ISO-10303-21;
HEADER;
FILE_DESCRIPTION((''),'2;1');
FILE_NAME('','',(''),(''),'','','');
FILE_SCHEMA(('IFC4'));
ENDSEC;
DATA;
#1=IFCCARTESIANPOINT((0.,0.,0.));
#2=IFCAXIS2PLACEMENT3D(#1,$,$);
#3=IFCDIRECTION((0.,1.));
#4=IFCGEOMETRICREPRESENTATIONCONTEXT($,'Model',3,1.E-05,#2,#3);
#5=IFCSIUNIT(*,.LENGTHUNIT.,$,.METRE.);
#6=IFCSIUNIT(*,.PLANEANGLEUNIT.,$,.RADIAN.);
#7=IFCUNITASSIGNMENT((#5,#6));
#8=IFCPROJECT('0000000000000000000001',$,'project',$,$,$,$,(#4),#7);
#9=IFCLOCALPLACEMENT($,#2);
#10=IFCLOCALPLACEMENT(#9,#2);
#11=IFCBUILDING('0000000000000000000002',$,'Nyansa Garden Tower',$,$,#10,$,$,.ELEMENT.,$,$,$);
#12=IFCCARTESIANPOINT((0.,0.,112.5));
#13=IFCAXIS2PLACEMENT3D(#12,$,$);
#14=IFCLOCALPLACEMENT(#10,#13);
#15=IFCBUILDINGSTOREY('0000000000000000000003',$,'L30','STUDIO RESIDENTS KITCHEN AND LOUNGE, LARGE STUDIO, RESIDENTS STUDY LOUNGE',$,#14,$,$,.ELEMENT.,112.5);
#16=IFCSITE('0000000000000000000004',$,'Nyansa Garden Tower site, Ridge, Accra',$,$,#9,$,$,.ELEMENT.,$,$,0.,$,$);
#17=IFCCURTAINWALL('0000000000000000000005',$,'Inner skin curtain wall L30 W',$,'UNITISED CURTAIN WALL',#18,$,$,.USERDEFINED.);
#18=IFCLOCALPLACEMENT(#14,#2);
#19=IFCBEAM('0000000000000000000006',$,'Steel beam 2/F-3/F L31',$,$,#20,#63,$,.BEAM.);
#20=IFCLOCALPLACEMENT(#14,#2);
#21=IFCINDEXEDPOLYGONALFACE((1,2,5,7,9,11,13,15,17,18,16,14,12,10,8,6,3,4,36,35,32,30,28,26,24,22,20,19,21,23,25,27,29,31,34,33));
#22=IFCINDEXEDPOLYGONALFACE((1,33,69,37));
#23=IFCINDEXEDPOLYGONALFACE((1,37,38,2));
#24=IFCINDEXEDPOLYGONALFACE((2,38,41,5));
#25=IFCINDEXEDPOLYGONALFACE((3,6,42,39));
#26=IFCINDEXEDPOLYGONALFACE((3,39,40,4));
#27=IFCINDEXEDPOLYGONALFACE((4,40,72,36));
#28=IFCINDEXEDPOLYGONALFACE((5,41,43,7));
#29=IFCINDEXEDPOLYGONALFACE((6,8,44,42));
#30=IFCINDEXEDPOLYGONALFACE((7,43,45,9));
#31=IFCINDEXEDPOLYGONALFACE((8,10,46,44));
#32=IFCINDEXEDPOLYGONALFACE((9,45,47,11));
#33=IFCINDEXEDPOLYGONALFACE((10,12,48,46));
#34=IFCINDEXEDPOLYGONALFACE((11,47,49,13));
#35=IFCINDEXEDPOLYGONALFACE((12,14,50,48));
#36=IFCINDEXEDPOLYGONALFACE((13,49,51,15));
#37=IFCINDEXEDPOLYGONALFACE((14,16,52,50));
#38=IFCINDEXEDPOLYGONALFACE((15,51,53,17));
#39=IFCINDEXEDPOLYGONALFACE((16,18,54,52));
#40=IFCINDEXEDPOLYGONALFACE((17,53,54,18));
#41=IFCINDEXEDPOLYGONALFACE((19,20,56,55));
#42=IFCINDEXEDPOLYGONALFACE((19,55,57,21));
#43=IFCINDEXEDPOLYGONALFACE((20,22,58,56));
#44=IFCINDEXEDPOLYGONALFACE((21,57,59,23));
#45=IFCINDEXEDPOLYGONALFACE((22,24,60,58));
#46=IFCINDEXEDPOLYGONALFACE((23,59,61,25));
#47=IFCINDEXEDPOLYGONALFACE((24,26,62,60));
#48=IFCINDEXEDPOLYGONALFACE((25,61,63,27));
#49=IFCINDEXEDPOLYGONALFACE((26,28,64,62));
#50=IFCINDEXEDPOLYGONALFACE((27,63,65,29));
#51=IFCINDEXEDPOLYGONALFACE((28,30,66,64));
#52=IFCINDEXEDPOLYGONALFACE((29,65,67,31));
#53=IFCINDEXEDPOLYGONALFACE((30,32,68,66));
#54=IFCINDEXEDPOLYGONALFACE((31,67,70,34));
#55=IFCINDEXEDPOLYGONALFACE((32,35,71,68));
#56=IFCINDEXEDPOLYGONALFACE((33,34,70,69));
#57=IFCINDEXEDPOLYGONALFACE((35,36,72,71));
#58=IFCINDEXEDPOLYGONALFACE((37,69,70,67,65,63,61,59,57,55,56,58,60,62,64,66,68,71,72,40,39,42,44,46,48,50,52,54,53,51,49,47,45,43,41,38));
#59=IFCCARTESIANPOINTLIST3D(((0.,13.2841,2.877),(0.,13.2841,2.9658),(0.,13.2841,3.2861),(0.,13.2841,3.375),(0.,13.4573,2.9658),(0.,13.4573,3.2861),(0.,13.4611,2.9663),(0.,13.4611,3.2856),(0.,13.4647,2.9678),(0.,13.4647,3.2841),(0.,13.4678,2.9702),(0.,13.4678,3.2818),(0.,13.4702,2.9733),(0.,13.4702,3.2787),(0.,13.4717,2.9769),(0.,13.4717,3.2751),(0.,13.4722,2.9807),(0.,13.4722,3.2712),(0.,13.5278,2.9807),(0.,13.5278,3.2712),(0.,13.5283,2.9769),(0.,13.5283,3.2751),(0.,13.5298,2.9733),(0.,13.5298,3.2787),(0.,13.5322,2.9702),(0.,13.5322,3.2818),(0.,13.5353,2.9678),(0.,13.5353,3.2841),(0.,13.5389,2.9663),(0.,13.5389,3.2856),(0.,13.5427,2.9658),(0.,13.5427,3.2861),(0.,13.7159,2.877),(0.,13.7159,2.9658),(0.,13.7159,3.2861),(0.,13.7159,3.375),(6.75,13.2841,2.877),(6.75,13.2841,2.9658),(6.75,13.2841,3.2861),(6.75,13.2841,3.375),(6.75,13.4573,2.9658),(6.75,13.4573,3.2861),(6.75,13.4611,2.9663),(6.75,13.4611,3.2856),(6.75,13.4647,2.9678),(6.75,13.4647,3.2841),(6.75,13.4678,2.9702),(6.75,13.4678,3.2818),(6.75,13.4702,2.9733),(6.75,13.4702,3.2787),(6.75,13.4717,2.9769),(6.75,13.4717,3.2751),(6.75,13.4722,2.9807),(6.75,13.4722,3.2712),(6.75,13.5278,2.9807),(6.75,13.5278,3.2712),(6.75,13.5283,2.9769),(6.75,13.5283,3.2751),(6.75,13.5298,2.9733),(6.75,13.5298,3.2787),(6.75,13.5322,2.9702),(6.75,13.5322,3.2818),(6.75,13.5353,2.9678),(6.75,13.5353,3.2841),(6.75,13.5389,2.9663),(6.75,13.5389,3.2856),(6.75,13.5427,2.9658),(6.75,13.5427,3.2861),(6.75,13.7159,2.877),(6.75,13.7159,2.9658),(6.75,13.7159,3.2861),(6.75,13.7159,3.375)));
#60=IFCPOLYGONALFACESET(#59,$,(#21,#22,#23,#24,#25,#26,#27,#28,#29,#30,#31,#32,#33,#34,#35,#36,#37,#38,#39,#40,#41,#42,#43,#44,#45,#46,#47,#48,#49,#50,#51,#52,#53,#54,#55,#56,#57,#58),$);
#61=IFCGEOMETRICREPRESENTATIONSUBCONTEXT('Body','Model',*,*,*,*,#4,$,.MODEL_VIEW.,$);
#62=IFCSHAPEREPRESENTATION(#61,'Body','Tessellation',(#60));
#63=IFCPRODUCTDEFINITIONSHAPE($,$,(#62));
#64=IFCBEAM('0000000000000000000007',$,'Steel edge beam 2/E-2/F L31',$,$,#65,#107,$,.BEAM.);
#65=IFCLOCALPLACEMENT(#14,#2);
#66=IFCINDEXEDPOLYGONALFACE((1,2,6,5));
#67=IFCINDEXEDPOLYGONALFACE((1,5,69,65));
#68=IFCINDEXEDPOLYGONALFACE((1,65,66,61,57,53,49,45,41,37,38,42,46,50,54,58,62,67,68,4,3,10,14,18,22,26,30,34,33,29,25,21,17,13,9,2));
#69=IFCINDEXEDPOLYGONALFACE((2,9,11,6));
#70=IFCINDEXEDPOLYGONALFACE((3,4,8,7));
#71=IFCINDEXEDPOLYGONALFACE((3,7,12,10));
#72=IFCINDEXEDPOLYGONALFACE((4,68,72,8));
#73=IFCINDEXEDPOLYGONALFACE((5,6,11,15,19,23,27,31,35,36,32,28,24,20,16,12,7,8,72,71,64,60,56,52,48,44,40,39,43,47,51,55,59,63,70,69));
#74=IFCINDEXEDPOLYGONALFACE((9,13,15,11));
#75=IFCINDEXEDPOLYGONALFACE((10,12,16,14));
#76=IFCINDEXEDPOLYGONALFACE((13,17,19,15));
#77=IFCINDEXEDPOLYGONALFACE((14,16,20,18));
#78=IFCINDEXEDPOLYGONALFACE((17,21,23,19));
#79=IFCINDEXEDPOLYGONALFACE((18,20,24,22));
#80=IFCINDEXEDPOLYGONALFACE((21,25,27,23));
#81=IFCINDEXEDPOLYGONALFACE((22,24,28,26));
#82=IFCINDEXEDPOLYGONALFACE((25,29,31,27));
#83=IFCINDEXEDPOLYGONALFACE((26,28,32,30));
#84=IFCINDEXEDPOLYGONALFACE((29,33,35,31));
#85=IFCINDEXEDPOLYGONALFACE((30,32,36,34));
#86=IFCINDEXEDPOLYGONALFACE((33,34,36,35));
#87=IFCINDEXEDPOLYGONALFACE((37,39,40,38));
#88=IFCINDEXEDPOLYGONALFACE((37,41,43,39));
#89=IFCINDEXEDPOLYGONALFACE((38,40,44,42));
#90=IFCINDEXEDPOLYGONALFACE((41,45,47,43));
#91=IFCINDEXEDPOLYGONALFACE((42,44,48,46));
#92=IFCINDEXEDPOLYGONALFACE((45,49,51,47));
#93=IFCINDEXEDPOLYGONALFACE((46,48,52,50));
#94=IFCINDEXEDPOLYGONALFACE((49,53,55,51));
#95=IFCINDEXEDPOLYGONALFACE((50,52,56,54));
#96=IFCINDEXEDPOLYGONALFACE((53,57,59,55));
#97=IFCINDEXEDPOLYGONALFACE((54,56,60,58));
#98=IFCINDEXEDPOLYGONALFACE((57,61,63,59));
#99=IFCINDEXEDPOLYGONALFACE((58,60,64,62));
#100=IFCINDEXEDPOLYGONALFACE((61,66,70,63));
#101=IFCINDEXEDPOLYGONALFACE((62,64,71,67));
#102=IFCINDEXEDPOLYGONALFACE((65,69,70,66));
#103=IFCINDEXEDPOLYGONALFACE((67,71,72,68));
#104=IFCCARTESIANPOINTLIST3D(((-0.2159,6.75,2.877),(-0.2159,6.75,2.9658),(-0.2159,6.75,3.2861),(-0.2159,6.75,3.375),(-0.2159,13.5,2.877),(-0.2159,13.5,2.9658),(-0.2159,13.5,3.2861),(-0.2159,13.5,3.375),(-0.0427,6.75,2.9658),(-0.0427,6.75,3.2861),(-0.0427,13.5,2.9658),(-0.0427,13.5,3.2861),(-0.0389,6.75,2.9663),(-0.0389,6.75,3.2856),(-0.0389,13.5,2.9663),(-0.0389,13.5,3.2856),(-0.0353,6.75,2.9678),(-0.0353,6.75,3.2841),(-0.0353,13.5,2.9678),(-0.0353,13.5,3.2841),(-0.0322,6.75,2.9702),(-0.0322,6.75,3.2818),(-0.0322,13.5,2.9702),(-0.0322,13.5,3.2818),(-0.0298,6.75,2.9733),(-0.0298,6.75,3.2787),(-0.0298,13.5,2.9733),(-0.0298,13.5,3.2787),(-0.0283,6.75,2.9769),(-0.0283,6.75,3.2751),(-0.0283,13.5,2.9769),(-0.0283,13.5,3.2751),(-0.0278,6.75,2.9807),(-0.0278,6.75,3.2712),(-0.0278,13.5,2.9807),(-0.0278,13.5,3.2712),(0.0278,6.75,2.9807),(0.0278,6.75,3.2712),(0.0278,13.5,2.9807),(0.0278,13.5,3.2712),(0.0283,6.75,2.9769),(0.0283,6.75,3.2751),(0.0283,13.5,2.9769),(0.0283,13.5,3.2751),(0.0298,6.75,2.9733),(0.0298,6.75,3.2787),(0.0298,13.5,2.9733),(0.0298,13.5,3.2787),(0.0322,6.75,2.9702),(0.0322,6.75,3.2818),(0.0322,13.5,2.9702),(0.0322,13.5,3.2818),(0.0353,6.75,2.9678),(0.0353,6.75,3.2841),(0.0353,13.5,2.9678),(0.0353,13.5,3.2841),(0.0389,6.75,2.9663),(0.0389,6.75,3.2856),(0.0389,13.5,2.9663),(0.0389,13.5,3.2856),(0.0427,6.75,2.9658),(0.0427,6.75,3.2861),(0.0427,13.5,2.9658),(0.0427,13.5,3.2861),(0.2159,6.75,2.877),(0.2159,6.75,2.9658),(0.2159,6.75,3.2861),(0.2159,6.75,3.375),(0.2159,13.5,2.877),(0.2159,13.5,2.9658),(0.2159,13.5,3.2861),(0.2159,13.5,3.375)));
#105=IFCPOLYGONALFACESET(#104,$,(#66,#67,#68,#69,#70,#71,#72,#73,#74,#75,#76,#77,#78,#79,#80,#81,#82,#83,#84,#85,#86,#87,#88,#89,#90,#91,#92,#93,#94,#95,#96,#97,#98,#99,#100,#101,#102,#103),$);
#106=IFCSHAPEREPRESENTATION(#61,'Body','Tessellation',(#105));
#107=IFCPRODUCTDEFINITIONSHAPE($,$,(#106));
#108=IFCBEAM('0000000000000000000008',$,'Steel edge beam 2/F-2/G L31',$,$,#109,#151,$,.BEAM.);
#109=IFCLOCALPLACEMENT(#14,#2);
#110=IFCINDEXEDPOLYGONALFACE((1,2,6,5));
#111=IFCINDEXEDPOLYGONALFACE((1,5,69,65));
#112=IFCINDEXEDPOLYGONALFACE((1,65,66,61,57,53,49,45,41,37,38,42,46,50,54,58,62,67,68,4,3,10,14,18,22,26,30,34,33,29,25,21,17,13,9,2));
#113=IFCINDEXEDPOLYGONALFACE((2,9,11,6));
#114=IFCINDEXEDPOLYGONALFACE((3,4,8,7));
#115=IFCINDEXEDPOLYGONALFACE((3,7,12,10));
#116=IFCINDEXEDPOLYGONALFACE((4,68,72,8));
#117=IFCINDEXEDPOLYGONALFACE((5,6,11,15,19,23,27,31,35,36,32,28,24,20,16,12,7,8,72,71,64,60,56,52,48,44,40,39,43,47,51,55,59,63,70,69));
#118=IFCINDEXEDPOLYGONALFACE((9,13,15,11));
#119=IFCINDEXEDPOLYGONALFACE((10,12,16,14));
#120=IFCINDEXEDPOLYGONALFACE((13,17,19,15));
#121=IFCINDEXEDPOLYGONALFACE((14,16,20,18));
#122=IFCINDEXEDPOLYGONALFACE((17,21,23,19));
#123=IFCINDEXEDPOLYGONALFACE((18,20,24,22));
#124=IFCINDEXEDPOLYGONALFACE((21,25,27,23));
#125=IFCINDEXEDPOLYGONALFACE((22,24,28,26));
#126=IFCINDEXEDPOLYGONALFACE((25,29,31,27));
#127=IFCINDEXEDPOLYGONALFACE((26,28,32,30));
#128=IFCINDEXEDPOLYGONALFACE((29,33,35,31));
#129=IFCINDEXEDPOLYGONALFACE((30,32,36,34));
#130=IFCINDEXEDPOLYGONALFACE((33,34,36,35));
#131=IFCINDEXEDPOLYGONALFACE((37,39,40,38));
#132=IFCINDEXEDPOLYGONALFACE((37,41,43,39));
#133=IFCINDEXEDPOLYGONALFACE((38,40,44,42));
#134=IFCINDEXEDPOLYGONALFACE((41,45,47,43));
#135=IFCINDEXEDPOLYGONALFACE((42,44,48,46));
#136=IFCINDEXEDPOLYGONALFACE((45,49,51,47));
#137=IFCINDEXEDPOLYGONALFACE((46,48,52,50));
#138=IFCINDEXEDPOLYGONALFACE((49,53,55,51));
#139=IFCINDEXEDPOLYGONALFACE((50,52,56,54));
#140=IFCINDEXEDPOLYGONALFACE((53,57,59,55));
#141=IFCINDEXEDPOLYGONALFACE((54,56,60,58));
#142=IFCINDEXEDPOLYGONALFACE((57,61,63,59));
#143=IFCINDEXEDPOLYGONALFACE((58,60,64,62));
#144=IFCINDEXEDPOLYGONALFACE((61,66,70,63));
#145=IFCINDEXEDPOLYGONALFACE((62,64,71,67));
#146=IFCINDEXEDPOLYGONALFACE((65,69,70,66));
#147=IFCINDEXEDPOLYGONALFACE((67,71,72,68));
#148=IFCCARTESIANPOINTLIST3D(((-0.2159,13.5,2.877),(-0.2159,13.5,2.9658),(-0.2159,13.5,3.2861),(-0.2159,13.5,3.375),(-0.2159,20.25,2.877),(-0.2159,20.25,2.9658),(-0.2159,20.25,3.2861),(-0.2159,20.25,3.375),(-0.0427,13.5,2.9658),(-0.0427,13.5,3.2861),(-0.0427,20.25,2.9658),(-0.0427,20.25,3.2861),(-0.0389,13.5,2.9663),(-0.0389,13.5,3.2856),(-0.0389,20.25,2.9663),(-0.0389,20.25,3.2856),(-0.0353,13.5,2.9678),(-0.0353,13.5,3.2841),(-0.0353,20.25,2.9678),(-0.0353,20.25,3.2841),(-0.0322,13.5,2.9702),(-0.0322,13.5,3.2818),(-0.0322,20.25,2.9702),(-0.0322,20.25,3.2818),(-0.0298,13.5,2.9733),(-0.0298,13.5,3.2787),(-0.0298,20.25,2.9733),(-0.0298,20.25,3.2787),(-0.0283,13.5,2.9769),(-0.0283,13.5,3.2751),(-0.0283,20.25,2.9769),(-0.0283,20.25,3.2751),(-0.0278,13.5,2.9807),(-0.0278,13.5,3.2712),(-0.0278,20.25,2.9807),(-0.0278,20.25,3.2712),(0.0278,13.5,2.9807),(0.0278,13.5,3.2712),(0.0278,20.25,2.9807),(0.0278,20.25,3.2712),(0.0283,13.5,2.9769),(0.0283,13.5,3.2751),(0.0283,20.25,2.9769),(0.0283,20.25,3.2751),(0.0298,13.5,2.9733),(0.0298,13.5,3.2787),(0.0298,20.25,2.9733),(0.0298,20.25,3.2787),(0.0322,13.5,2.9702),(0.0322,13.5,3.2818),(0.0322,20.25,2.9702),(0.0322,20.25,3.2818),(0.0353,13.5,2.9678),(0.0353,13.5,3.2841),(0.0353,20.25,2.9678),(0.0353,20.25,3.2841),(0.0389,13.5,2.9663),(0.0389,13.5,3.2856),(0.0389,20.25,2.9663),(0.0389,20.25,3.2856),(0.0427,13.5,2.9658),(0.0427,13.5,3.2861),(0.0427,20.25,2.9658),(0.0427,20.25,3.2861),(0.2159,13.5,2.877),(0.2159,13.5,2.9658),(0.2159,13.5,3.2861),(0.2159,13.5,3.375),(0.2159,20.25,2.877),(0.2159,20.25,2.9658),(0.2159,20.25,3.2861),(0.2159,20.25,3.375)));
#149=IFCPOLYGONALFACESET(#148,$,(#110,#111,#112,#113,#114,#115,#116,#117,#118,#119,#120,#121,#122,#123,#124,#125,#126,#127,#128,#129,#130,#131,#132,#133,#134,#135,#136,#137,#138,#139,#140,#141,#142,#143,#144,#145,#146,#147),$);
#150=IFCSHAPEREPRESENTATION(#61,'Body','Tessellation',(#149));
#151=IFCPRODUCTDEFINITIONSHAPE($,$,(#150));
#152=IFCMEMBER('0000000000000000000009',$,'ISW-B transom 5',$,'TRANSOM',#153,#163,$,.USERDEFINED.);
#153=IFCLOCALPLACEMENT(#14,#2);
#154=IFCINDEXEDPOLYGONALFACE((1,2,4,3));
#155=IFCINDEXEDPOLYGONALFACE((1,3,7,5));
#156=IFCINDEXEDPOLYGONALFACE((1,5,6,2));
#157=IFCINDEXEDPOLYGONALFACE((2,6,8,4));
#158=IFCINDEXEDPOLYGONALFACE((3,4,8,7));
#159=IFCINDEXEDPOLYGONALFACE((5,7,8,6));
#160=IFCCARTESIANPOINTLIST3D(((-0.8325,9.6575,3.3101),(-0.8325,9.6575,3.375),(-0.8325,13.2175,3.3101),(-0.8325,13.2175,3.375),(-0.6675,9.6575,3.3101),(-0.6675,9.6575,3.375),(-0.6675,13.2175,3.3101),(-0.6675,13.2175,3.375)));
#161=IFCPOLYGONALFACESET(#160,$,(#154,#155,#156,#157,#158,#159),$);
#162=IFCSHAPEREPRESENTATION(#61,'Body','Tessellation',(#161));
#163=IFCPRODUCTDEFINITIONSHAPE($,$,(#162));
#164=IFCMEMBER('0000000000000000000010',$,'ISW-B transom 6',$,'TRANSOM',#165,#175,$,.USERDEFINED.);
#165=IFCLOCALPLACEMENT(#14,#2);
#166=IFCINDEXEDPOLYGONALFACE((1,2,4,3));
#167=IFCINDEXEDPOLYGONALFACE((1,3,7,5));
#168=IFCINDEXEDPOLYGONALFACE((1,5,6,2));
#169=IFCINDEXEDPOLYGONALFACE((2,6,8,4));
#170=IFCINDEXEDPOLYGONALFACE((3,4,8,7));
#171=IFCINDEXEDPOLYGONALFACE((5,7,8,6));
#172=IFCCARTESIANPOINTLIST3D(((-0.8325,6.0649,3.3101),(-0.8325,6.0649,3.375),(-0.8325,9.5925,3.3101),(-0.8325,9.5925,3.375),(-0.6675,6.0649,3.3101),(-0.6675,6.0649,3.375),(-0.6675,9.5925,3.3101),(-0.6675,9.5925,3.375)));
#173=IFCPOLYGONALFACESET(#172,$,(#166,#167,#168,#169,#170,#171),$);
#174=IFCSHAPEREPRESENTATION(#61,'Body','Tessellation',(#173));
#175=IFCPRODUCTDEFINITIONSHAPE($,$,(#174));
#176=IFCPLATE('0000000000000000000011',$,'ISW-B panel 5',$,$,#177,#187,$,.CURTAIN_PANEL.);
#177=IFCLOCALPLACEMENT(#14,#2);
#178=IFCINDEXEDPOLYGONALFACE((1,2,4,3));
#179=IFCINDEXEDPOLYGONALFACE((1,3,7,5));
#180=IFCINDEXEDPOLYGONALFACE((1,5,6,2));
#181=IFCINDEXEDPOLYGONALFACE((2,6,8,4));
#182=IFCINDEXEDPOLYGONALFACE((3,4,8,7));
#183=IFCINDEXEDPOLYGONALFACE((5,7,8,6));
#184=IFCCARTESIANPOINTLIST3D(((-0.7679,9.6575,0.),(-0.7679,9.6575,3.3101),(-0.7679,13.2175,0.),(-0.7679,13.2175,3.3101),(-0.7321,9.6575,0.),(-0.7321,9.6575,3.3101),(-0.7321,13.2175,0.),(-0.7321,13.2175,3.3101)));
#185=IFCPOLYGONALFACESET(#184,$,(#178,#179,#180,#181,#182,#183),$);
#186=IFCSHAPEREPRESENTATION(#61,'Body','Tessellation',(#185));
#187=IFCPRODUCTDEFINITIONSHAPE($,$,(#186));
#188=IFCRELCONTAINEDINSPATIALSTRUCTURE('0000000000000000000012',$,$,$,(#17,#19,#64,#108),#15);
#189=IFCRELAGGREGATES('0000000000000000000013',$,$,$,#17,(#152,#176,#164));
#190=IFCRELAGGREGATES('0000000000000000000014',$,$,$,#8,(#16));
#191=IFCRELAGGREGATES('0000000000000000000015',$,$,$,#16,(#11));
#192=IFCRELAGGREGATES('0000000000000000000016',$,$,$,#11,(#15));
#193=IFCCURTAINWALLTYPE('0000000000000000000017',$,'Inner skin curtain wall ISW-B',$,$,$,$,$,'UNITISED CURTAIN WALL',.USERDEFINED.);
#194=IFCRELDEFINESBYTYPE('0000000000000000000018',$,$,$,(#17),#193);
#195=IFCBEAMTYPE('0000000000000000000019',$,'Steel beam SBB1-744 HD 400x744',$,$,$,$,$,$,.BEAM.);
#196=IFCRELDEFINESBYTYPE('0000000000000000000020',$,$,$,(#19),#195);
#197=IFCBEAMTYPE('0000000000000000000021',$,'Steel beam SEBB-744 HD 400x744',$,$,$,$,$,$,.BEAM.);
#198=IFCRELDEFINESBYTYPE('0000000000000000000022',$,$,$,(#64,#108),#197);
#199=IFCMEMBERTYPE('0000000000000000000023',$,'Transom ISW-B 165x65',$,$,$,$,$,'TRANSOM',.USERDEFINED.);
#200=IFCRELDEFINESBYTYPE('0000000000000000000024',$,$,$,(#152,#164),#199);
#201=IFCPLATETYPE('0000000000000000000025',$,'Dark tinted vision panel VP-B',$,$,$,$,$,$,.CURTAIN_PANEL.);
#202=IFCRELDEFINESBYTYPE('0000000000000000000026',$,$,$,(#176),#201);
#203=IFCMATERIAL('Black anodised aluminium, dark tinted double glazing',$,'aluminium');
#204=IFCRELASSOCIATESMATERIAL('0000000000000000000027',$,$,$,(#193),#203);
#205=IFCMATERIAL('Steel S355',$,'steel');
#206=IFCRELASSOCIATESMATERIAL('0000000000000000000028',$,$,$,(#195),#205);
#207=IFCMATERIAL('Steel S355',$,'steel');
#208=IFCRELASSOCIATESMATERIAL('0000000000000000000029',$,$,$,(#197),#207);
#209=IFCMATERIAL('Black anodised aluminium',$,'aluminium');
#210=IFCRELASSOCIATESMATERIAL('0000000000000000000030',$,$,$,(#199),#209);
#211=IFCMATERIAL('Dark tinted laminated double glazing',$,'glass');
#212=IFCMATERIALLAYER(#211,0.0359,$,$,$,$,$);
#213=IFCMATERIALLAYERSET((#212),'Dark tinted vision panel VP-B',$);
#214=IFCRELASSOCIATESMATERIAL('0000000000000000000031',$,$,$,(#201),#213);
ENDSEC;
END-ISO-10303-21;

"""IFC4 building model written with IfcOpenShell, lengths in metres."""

from ifc_helpers import new_model, si_unit, direction, frame, origin, origin_2d, place, context, subcontext, project, spatial, rectangle, i_section, extrude, material, layer, layer_set, material_profile, profile_set, type_object, element, aggregate, save


model = new_model("IFC4")

# Units and contexts
model_context = context("Model", 3, precision=1e-05, world=origin(), true_north=direction((0.0, 1.0)))
body_context = subcontext(model_context, "Body", "Model", "MODEL_VIEW")
ifc_project = project(units=[si_unit("LENGTHUNIT", "METRE"), si_unit("PLANEANGLEUNIT", "RADIAN")], contexts=[model_context])

# Site, building, storey
site_placement = place(None, origin())
site = spatial("IfcSite", under=ifc_project, at=site_placement, Name="Nyansa Garden Tower site, Ridge, Accra", CompositionType="ELEMENT", RefElevation=0.0)
building_placement = place(site_placement, origin())
building = spatial("IfcBuilding", under=site, at=building_placement, Name="Nyansa Garden Tower", CompositionType="ELEMENT")
storey_placement = place(building_placement, frame((0.0, 0.0, 112.5)))
storey = spatial("IfcBuildingStorey", under=building, at=storey_placement, Name="L30", Description="STUDIO RESIDENTS KITCHEN AND LOUNGE, LARGE STUDIO, RESIDENTS STUDY LOUNGE", CompositionType="ELEMENT", Elevation=112.5)

# Curtain wall
ifc_material_1 = material(Name="Black anodised aluminium, dark tinted double glazing", Category="aluminium")
curtain_wall_type = type_object("IfcCurtainWallType", Name="Inner skin curtain wall ISW-B", ElementType="UNITISED CURTAIN WALL", PredefinedType="USERDEFINED", material=ifc_material_1)
curtain_wall_placement = place(storey_placement, origin())
curtain_wall = element("IfcCurtainWall", 1, at=curtain_wall_placement, inside=storey, type_object=curtain_wall_type, Name="Inner skin curtain wall L30 W", ObjectType="UNITISED CURTAIN WALL", PredefinedType="USERDEFINED")

# Beams
ifc_material_2 = material(Name="Steel S355", Category="steel")
ifc_material_profile_1 = material_profile(ifc_material_2, i_section(OverallWidth=0.4319, OverallDepth=0.498, WebThickness=0.0557, FlangeThickness=0.0889, FilletRadius=0.0149, at=origin_2d()), Name="HD 400x744")
ifc_profile_set_1 = profile_set([ifc_material_profile_1], Name="Steel S355")
beam_type_1 = type_object("IfcBeamType", Name="Steel beam SBB1-744 HD 400x744", PredefinedType="BEAM", material=ifc_profile_set_1)
for number, where, z_axis, x_axis, name in (
    (2, (0.0, 13.5, 3.126), (1.0, 0.0, 0.0), (0.0, 1.0, 0.0), "Steel beam 2/F-3/F L31"),
):
    element("IfcBeam", number, at=place(storey_placement, frame(where, z_axis=z_axis, x_axis=x_axis)), inside=storey, type_object=beam_type_1, Name=name, PredefinedType="BEAM", context=body_context, shape_type="SweptSolid", body=[
        extrude(i_section(OverallWidth=0.4319, OverallDepth=0.498, WebThickness=0.0557, FlangeThickness=0.0889, FilletRadius=0.0149, at=origin_2d()), origin(), (0.0, 0.0, 1.0), 6.75),
    ])
ifc_material_3 = material(Name="Steel S355", Category="steel")
ifc_material_profile_2 = material_profile(ifc_material_3, i_section(OverallWidth=0.4319, OverallDepth=0.498, WebThickness=0.0557, FlangeThickness=0.0889, FilletRadius=0.0149, at=origin_2d()), Name="HD 400x744")
ifc_profile_set_2 = profile_set([ifc_material_profile_2], Name="Steel S355")
beam_type_2 = type_object("IfcBeamType", Name="Steel beam SEBB-744 HD 400x744", PredefinedType="BEAM", material=ifc_profile_set_2)
for number, where, z_axis, x_axis, name in (
    (3, (0.0, 6.75, 3.126), (0.0, 1.0, 0.0), (-1.0, 0.0, 0.0), "Steel edge beam 2/E-2/F L31"),
    (4, (0.0, 13.5, 3.126), (0.0, 1.0, 0.0), (-1.0, 0.0, 0.0), "Steel edge beam 2/F-2/G L31"),
):
    element("IfcBeam", number, at=place(storey_placement, frame(where, z_axis=z_axis, x_axis=x_axis)), inside=storey, type_object=beam_type_2, Name=name, PredefinedType="BEAM", context=body_context, shape_type="SweptSolid", body=[
        extrude(i_section(OverallWidth=0.4319, OverallDepth=0.498, WebThickness=0.0557, FlangeThickness=0.0889, FilletRadius=0.0149, at=origin_2d()), origin(), (0.0, 0.0, 1.0), 6.75),
    ])

# Members
ifc_material_4 = material(Name="Black anodised aluminium", Category="aluminium")
ifc_material_profile_3 = material_profile(ifc_material_4, rectangle(XDim=0.165, YDim=0.0649, at=origin_2d()), Name="Transom 165x65")
ifc_profile_set_3 = profile_set([ifc_material_profile_3], Name="Black anodised aluminium")
member_type_1 = type_object("IfcMemberType", Name="Transom ISW-B 165x65", ElementType="TRANSOM", PredefinedType="USERDEFINED", material=ifc_profile_set_3)
member_1_placement = place(storey_placement, frame((-0.75, 13.2175, 3.3425), z_axis=(0.0, -1.0, 0.0), x_axis=(1.0, 0.0, 0.0)))
member_1 = element("IfcMember", 5, at=member_1_placement, type_object=member_type_1, Name="ISW-B transom 5", ObjectType="TRANSOM", PredefinedType="USERDEFINED", context=body_context, shape_type="SweptSolid", body=[
    extrude(rectangle(XDim=0.165, YDim=0.0649, at=origin_2d()), origin(), (0.0, 0.0, 1.0), 3.5601),
])
member_2_placement = place(storey_placement, frame((-0.75, 9.5925, 3.3425), z_axis=(0.0, -1.0, 0.0), x_axis=(1.0, 0.0, 0.0)))
member_2 = element("IfcMember", 6, at=member_2_placement, type_object=member_type_1, Name="ISW-B transom 6", ObjectType="TRANSOM", PredefinedType="USERDEFINED", context=body_context, shape_type="SweptSolid", body=[
    extrude(rectangle(XDim=0.165, YDim=0.0649, at=origin_2d()), origin(), (0.0, 0.0, 1.0), 3.5276),
])

# Plate
ifc_material_5 = material(Name="Dark tinted laminated double glazing", Category="glass")
ifc_layer_1 = layer(ifc_material_5, 0.0359)
ifc_layer_set_1 = layer_set([ifc_layer_1], Name="Dark tinted vision panel VP-B")
plate_type = type_object("IfcPlateType", Name="Dark tinted vision panel VP-B", PredefinedType="CURTAIN_PANEL", material=ifc_layer_set_1)
plate_1_placement = place(storey_placement, frame((-0.75, 11.4375, 0.0), z_axis=(0.0, 0.0, 1.0), x_axis=(0.0, -1.0, 0.0)))
plate_1 = element("IfcPlate", 7, at=plate_1_placement, type_object=plate_type, Name="ISW-B panel 5", PredefinedType="CURTAIN_PANEL", context=body_context, shape_type="SweptSolid", body=[
    extrude(rectangle(XDim=3.5601, YDim=0.0359, at=origin_2d()), origin(), (0.0, 0.0, 1.0), 3.3101),
])
aggregate(curtain_wall, [member_1, plate_1, member_2])

save(model, "model.ifc")
